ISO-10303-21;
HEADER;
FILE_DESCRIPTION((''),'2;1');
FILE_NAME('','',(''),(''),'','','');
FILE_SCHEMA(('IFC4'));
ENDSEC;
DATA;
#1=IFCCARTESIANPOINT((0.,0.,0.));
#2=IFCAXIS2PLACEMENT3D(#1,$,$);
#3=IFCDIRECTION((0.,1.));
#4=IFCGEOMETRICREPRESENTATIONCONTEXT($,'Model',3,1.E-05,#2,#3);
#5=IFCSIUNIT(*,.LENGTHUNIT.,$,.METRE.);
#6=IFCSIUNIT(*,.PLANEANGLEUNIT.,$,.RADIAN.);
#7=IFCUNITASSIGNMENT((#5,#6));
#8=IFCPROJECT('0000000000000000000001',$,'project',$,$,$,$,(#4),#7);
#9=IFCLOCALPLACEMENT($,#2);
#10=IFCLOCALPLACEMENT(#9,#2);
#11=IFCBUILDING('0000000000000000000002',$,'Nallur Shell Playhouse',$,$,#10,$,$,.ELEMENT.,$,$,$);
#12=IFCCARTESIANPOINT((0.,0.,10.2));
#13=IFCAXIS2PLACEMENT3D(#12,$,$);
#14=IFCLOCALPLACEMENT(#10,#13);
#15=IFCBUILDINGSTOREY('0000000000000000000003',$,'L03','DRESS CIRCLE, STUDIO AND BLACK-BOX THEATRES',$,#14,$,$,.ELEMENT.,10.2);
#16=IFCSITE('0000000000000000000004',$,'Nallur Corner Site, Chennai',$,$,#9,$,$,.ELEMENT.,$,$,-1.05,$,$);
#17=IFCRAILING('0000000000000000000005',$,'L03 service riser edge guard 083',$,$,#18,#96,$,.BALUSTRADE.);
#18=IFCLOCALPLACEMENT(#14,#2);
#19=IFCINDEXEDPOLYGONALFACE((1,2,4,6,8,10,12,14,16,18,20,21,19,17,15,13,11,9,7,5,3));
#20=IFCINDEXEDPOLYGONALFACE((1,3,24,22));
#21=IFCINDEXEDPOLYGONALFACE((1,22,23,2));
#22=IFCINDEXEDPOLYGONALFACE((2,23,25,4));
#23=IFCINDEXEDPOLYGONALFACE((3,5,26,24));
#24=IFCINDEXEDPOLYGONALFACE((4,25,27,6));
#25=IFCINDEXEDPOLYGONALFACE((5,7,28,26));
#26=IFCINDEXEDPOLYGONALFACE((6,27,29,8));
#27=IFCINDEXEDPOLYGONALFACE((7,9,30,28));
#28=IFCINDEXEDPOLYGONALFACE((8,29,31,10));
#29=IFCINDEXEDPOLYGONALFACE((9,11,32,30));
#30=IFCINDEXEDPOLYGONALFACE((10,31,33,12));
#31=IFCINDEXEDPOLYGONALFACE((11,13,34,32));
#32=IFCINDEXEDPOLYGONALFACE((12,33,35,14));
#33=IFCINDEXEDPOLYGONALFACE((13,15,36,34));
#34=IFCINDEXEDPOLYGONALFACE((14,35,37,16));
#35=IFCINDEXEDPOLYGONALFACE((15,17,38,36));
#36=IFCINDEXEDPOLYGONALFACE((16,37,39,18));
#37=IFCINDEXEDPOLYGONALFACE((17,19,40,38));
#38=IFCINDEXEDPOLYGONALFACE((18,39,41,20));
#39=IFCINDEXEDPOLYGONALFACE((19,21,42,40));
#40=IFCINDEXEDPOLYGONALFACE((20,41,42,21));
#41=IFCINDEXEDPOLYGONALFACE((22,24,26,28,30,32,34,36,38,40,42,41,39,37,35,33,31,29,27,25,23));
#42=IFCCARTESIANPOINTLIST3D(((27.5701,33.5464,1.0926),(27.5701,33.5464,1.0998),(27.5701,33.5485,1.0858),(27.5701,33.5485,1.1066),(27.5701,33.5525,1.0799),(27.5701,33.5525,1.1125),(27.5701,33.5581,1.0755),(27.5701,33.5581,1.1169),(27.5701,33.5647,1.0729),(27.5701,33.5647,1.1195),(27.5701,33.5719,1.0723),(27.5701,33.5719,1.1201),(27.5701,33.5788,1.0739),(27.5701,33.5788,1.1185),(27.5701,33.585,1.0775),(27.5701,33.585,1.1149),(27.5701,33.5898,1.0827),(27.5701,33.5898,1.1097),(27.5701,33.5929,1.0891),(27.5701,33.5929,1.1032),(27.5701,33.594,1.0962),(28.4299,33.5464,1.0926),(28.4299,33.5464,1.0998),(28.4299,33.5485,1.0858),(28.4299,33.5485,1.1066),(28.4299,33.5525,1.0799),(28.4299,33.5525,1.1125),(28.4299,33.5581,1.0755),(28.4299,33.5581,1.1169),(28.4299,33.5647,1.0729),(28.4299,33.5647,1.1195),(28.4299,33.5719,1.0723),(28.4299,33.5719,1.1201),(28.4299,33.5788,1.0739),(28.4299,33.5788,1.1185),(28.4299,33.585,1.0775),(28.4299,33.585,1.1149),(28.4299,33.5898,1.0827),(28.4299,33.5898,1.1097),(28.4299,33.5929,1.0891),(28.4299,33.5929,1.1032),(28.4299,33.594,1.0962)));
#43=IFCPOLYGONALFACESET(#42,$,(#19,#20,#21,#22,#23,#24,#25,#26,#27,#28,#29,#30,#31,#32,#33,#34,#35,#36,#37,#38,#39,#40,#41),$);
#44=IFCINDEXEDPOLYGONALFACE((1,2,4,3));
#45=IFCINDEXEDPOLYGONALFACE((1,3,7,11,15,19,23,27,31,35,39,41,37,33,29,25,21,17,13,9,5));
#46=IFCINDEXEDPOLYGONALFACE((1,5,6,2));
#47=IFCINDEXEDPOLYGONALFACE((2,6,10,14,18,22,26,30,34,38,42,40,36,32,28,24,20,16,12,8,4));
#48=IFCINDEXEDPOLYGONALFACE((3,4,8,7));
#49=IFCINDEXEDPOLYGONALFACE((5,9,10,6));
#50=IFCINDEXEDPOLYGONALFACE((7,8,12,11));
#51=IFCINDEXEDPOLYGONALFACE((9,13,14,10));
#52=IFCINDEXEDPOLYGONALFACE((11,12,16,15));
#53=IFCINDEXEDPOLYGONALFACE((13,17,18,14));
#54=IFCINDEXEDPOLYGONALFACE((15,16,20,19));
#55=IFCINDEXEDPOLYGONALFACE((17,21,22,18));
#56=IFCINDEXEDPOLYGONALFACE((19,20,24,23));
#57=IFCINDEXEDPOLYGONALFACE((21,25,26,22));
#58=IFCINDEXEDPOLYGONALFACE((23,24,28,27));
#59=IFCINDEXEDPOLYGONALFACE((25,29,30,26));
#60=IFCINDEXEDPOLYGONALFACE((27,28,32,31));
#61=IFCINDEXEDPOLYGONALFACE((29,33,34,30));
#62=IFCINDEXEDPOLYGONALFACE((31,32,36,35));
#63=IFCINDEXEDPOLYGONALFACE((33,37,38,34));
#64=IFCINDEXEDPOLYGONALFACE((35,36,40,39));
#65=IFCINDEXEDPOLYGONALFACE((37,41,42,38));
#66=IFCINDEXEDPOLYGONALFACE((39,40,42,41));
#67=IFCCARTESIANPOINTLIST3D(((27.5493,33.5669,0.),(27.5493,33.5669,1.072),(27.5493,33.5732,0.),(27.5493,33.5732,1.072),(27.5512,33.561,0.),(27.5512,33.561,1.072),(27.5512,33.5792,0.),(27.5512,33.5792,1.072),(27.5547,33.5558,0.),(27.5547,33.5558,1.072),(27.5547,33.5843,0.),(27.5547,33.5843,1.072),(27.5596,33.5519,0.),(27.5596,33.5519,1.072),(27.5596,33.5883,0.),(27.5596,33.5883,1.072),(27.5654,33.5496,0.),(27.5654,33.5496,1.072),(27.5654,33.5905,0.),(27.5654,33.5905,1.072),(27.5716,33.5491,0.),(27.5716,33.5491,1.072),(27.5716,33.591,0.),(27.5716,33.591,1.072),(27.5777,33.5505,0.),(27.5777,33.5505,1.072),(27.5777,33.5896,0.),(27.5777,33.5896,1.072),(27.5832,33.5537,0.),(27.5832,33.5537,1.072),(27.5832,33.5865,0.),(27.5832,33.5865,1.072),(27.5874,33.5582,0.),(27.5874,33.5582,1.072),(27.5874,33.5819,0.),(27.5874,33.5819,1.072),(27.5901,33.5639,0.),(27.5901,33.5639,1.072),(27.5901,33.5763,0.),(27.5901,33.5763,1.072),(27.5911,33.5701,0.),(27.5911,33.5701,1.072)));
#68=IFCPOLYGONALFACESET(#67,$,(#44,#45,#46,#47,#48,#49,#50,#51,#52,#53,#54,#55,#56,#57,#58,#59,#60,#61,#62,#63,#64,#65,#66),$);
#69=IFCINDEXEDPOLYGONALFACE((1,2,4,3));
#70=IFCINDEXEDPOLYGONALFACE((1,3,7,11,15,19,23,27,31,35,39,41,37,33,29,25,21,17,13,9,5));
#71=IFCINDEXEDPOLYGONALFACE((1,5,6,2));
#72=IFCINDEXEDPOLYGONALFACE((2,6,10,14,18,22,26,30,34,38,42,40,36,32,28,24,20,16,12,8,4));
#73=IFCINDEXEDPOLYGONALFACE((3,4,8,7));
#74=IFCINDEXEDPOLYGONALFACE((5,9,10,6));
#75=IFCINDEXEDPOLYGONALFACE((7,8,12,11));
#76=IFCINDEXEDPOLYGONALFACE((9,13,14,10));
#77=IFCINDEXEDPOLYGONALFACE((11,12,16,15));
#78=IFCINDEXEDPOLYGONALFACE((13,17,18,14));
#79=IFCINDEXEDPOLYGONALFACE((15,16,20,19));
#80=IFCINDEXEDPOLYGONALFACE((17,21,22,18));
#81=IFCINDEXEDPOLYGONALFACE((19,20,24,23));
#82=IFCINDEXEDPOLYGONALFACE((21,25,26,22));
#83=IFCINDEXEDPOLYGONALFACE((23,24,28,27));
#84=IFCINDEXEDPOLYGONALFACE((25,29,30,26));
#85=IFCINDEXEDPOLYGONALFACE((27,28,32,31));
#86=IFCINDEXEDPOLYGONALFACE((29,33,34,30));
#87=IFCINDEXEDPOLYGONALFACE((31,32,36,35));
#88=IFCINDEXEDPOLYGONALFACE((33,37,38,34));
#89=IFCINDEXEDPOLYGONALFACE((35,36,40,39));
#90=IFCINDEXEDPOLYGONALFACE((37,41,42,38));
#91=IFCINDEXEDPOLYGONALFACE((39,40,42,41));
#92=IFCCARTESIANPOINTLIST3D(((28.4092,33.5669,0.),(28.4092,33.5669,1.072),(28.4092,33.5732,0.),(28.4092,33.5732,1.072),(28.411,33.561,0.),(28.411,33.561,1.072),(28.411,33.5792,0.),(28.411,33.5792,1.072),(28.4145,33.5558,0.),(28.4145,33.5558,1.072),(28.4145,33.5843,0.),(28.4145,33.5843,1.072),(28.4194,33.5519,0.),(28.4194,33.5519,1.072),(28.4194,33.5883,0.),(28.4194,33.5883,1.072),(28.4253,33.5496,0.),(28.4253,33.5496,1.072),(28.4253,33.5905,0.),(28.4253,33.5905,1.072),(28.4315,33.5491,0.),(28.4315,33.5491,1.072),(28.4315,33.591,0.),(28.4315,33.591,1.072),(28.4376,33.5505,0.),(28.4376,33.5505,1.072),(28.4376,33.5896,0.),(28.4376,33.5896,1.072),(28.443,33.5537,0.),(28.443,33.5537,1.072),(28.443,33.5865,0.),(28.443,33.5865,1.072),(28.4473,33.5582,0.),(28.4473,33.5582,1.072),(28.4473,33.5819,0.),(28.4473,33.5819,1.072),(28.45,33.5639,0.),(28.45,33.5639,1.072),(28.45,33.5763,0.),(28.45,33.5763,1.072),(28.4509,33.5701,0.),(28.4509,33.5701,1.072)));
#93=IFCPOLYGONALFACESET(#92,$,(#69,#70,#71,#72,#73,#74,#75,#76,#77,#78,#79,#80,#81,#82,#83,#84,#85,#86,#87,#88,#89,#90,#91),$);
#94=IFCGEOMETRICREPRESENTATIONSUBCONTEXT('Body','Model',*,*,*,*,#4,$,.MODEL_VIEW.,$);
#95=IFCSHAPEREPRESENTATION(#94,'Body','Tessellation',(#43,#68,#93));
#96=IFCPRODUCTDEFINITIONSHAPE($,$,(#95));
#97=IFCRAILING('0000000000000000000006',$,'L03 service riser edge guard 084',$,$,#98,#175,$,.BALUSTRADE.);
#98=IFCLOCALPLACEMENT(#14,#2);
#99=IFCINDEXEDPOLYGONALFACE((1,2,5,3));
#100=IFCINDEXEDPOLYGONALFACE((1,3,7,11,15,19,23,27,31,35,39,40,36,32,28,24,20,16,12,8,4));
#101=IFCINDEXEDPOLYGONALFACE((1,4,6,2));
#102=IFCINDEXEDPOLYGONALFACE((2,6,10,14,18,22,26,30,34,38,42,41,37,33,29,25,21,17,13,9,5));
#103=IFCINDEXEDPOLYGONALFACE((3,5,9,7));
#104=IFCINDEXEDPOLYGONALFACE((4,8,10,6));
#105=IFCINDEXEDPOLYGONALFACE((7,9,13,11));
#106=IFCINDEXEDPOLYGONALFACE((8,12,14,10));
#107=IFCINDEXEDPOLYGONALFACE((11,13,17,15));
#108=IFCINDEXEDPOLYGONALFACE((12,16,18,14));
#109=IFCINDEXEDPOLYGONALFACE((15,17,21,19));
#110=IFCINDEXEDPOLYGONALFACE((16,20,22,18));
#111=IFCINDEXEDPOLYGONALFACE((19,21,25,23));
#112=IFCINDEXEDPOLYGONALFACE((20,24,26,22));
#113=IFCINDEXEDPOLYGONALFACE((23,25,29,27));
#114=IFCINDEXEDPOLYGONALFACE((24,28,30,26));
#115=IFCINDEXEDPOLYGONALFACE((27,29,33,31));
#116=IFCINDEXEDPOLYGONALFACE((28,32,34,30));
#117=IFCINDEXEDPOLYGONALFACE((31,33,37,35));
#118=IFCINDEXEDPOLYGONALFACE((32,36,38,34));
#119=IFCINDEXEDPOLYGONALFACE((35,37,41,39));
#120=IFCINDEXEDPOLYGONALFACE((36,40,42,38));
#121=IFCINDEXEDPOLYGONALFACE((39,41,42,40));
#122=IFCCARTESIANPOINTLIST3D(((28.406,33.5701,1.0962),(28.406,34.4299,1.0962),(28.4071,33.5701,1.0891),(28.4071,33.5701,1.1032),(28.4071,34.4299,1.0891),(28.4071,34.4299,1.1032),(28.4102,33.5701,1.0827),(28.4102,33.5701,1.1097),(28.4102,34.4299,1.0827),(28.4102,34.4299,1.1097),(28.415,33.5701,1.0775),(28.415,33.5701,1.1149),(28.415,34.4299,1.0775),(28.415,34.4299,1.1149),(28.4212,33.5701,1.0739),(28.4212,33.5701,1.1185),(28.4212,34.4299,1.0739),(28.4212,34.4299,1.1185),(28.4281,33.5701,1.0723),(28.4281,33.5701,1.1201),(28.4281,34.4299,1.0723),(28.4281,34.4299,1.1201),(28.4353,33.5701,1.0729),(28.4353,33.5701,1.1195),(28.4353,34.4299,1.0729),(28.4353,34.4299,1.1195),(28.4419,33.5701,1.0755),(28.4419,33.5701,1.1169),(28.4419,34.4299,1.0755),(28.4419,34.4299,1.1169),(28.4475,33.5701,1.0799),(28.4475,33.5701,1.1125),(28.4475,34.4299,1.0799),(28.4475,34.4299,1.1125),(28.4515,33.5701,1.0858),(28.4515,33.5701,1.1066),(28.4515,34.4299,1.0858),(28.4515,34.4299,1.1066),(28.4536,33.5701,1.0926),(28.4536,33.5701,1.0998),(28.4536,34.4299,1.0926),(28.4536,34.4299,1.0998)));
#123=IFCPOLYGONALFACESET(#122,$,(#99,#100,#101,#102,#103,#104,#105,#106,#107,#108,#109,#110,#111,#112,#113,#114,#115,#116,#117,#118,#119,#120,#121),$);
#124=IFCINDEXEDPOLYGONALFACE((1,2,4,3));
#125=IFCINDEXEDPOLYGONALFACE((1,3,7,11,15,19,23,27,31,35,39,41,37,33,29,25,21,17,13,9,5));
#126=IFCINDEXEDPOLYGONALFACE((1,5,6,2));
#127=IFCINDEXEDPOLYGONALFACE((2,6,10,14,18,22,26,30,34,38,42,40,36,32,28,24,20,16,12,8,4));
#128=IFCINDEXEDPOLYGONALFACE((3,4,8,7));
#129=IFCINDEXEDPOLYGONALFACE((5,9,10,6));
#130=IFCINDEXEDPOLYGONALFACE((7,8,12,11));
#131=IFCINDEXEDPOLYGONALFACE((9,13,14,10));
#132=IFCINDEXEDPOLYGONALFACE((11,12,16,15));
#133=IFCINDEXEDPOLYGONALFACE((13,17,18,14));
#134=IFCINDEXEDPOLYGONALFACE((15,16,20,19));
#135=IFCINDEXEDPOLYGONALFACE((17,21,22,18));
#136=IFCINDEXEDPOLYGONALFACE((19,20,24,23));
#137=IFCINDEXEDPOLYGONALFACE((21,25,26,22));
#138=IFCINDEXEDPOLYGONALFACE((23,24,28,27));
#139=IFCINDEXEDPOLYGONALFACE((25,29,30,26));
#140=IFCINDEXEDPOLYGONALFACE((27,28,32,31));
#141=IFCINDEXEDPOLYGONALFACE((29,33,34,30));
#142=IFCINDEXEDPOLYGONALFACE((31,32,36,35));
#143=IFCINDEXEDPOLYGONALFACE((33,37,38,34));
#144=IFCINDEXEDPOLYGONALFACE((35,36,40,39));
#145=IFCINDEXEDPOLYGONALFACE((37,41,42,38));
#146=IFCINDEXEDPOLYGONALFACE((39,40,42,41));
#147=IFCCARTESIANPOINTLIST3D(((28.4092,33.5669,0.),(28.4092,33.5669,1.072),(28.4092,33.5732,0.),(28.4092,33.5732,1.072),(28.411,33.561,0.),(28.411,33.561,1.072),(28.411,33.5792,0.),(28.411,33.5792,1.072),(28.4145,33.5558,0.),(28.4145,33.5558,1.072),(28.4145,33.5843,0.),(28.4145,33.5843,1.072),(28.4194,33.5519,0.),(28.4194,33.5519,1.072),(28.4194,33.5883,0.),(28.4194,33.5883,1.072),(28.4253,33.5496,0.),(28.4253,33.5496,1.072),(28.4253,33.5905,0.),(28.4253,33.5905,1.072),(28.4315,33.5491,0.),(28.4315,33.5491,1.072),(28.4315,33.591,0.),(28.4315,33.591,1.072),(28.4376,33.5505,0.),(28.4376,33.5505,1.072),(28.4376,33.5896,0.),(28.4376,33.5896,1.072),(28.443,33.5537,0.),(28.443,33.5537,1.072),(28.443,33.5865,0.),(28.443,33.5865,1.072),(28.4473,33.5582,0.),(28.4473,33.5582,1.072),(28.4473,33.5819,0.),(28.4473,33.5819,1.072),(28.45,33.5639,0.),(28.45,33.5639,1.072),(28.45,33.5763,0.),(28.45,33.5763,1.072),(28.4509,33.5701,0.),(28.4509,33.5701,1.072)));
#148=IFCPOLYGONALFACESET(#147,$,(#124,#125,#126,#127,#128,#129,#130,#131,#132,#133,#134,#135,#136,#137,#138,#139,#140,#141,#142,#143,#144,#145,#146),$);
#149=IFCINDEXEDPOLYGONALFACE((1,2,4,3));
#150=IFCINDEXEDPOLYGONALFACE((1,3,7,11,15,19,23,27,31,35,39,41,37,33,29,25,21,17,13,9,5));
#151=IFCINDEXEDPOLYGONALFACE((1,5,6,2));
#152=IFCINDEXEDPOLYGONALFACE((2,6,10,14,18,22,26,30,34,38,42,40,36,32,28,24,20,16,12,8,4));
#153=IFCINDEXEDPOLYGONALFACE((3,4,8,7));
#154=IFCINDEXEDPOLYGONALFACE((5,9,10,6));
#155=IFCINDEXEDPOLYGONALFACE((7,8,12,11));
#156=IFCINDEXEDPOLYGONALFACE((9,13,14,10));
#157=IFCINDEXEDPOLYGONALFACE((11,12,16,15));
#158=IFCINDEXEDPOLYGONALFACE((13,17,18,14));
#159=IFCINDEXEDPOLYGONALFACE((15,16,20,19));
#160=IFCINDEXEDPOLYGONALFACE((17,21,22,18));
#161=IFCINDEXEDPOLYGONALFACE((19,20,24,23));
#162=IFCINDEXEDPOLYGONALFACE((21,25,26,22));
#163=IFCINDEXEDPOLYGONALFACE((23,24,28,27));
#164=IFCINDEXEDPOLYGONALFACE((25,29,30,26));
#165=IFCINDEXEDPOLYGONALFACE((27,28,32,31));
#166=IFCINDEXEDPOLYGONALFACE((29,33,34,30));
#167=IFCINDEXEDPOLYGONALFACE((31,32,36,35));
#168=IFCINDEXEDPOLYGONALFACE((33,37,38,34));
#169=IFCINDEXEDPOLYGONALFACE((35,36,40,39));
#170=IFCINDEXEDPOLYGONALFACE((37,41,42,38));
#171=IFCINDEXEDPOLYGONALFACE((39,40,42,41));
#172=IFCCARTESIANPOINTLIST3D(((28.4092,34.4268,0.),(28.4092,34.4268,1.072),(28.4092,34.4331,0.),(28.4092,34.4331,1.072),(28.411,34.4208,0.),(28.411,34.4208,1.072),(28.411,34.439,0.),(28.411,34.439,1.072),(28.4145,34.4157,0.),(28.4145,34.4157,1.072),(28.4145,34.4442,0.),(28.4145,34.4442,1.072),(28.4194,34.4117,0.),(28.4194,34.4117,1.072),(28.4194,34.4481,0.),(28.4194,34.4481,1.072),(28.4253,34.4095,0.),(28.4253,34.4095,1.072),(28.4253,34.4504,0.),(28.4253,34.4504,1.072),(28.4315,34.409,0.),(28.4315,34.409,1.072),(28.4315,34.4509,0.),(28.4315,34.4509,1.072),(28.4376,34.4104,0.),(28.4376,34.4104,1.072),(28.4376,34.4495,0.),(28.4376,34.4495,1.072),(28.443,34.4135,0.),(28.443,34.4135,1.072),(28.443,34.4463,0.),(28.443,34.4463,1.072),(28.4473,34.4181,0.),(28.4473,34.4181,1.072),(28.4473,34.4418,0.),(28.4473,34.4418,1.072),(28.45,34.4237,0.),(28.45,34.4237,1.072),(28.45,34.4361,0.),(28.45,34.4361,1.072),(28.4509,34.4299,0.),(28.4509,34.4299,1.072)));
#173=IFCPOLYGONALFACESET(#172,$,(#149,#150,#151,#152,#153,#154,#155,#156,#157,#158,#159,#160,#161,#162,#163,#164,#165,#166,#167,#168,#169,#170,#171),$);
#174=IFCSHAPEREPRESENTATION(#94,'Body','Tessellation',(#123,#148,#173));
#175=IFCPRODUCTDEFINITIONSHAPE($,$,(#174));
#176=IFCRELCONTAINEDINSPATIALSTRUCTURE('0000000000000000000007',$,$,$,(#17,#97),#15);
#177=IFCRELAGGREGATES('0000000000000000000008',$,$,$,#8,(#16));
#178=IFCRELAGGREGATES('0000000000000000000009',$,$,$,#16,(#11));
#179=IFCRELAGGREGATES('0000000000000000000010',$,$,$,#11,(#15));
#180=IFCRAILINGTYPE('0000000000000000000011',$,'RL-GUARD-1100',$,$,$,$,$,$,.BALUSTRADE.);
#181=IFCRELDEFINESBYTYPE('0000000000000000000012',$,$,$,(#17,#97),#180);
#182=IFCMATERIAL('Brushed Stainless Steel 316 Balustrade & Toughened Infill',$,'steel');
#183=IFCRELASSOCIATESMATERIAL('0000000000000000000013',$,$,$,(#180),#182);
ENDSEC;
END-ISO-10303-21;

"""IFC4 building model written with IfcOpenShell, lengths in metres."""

from ifc_helpers import new_model, si_unit, direction, frame, origin, origin_2d, place, context, subcontext, project, spatial, circle, extrude, material, type_object, element, save


model = new_model("IFC4")

# Units and contexts
model_context = context("Model", 3, precision=1e-05, world=origin(), true_north=direction((0.0, 1.0)))
body_context = subcontext(model_context, "Body", "Model", "MODEL_VIEW")
ifc_project = project(units=[si_unit("LENGTHUNIT", "METRE"), si_unit("PLANEANGLEUNIT", "RADIAN")], contexts=[model_context])

# Site, building, storey
site_placement = place(None, origin())
site = spatial("IfcSite", under=ifc_project, at=site_placement, Name="Nallur Corner Site, Chennai", CompositionType="ELEMENT", RefElevation=-1.05)
building_placement = place(site_placement, origin())
building = spatial("IfcBuilding", under=site, at=building_placement, Name="Nallur Shell Playhouse", CompositionType="ELEMENT")
storey_placement = place(building_placement, frame((0.0, 0.0, 10.2)))
storey = spatial("IfcBuildingStorey", under=building, at=storey_placement, Name="L03", Description="DRESS CIRCLE, STUDIO AND BLACK-BOX THEATRES", CompositionType="ELEMENT", Elevation=10.2)

# Railings
ifc_material_1 = material(Name="Brushed Stainless Steel 316 Balustrade & Toughened Infill", Category="steel")
railing_type = type_object("IfcRailingType", Name="RL-GUARD-1100", PredefinedType="BALUSTRADE", material=ifc_material_1)
railing_1_placement = place(storey_placement, frame((27.5701, 33.5701, 0.0)))
element("IfcRailing", 1, at=railing_1_placement, inside=storey, type_object=railing_type, Name="L03 service riser edge guard 083", PredefinedType="BALUSTRADE", context=body_context, shape_type="SweptSolid", body=[
    extrude(circle(Radius=0.0239, at=origin_2d()), frame((0.0, 0.0, 1.0962), z_axis=(1.0, 0.0, 0.0), x_axis=(0.0, 1.0, 0.0)), (0.0, 0.0, 1.0), 0.8599),
    extrude(circle(Radius=0.021, at=origin_2d()), origin(), (0.0, 0.0, 1.0), 1.072),
    extrude(circle(Radius=0.021, at=origin_2d()), frame((0.8599, 0.0, 0.0)), (0.0, 0.0, 1.0), 1.072),
])
railing_2_placement = place(storey_placement, frame((28.4299, 33.5701, 0.0)))
element("IfcRailing", 2, at=railing_2_placement, inside=storey, type_object=railing_type, Name="L03 service riser edge guard 084", PredefinedType="BALUSTRADE", context=body_context, shape_type="SweptSolid", body=[
    extrude(circle(Radius=0.0239, at=origin_2d()), frame((0.0, 0.0, 1.0962), z_axis=(0.0, 1.0, 0.0), x_axis=(-1.0, 0.0, 0.0)), (0.0, 0.0, 1.0), 0.8599),
    extrude(circle(Radius=0.021, at=origin_2d()), origin(), (0.0, 0.0, 1.0), 1.072),
    extrude(circle(Radius=0.021, at=origin_2d()), frame((0.0, 0.8599, 0.0)), (0.0, 0.0, 1.0), 1.072),
])

save(model, "model.ifc")
